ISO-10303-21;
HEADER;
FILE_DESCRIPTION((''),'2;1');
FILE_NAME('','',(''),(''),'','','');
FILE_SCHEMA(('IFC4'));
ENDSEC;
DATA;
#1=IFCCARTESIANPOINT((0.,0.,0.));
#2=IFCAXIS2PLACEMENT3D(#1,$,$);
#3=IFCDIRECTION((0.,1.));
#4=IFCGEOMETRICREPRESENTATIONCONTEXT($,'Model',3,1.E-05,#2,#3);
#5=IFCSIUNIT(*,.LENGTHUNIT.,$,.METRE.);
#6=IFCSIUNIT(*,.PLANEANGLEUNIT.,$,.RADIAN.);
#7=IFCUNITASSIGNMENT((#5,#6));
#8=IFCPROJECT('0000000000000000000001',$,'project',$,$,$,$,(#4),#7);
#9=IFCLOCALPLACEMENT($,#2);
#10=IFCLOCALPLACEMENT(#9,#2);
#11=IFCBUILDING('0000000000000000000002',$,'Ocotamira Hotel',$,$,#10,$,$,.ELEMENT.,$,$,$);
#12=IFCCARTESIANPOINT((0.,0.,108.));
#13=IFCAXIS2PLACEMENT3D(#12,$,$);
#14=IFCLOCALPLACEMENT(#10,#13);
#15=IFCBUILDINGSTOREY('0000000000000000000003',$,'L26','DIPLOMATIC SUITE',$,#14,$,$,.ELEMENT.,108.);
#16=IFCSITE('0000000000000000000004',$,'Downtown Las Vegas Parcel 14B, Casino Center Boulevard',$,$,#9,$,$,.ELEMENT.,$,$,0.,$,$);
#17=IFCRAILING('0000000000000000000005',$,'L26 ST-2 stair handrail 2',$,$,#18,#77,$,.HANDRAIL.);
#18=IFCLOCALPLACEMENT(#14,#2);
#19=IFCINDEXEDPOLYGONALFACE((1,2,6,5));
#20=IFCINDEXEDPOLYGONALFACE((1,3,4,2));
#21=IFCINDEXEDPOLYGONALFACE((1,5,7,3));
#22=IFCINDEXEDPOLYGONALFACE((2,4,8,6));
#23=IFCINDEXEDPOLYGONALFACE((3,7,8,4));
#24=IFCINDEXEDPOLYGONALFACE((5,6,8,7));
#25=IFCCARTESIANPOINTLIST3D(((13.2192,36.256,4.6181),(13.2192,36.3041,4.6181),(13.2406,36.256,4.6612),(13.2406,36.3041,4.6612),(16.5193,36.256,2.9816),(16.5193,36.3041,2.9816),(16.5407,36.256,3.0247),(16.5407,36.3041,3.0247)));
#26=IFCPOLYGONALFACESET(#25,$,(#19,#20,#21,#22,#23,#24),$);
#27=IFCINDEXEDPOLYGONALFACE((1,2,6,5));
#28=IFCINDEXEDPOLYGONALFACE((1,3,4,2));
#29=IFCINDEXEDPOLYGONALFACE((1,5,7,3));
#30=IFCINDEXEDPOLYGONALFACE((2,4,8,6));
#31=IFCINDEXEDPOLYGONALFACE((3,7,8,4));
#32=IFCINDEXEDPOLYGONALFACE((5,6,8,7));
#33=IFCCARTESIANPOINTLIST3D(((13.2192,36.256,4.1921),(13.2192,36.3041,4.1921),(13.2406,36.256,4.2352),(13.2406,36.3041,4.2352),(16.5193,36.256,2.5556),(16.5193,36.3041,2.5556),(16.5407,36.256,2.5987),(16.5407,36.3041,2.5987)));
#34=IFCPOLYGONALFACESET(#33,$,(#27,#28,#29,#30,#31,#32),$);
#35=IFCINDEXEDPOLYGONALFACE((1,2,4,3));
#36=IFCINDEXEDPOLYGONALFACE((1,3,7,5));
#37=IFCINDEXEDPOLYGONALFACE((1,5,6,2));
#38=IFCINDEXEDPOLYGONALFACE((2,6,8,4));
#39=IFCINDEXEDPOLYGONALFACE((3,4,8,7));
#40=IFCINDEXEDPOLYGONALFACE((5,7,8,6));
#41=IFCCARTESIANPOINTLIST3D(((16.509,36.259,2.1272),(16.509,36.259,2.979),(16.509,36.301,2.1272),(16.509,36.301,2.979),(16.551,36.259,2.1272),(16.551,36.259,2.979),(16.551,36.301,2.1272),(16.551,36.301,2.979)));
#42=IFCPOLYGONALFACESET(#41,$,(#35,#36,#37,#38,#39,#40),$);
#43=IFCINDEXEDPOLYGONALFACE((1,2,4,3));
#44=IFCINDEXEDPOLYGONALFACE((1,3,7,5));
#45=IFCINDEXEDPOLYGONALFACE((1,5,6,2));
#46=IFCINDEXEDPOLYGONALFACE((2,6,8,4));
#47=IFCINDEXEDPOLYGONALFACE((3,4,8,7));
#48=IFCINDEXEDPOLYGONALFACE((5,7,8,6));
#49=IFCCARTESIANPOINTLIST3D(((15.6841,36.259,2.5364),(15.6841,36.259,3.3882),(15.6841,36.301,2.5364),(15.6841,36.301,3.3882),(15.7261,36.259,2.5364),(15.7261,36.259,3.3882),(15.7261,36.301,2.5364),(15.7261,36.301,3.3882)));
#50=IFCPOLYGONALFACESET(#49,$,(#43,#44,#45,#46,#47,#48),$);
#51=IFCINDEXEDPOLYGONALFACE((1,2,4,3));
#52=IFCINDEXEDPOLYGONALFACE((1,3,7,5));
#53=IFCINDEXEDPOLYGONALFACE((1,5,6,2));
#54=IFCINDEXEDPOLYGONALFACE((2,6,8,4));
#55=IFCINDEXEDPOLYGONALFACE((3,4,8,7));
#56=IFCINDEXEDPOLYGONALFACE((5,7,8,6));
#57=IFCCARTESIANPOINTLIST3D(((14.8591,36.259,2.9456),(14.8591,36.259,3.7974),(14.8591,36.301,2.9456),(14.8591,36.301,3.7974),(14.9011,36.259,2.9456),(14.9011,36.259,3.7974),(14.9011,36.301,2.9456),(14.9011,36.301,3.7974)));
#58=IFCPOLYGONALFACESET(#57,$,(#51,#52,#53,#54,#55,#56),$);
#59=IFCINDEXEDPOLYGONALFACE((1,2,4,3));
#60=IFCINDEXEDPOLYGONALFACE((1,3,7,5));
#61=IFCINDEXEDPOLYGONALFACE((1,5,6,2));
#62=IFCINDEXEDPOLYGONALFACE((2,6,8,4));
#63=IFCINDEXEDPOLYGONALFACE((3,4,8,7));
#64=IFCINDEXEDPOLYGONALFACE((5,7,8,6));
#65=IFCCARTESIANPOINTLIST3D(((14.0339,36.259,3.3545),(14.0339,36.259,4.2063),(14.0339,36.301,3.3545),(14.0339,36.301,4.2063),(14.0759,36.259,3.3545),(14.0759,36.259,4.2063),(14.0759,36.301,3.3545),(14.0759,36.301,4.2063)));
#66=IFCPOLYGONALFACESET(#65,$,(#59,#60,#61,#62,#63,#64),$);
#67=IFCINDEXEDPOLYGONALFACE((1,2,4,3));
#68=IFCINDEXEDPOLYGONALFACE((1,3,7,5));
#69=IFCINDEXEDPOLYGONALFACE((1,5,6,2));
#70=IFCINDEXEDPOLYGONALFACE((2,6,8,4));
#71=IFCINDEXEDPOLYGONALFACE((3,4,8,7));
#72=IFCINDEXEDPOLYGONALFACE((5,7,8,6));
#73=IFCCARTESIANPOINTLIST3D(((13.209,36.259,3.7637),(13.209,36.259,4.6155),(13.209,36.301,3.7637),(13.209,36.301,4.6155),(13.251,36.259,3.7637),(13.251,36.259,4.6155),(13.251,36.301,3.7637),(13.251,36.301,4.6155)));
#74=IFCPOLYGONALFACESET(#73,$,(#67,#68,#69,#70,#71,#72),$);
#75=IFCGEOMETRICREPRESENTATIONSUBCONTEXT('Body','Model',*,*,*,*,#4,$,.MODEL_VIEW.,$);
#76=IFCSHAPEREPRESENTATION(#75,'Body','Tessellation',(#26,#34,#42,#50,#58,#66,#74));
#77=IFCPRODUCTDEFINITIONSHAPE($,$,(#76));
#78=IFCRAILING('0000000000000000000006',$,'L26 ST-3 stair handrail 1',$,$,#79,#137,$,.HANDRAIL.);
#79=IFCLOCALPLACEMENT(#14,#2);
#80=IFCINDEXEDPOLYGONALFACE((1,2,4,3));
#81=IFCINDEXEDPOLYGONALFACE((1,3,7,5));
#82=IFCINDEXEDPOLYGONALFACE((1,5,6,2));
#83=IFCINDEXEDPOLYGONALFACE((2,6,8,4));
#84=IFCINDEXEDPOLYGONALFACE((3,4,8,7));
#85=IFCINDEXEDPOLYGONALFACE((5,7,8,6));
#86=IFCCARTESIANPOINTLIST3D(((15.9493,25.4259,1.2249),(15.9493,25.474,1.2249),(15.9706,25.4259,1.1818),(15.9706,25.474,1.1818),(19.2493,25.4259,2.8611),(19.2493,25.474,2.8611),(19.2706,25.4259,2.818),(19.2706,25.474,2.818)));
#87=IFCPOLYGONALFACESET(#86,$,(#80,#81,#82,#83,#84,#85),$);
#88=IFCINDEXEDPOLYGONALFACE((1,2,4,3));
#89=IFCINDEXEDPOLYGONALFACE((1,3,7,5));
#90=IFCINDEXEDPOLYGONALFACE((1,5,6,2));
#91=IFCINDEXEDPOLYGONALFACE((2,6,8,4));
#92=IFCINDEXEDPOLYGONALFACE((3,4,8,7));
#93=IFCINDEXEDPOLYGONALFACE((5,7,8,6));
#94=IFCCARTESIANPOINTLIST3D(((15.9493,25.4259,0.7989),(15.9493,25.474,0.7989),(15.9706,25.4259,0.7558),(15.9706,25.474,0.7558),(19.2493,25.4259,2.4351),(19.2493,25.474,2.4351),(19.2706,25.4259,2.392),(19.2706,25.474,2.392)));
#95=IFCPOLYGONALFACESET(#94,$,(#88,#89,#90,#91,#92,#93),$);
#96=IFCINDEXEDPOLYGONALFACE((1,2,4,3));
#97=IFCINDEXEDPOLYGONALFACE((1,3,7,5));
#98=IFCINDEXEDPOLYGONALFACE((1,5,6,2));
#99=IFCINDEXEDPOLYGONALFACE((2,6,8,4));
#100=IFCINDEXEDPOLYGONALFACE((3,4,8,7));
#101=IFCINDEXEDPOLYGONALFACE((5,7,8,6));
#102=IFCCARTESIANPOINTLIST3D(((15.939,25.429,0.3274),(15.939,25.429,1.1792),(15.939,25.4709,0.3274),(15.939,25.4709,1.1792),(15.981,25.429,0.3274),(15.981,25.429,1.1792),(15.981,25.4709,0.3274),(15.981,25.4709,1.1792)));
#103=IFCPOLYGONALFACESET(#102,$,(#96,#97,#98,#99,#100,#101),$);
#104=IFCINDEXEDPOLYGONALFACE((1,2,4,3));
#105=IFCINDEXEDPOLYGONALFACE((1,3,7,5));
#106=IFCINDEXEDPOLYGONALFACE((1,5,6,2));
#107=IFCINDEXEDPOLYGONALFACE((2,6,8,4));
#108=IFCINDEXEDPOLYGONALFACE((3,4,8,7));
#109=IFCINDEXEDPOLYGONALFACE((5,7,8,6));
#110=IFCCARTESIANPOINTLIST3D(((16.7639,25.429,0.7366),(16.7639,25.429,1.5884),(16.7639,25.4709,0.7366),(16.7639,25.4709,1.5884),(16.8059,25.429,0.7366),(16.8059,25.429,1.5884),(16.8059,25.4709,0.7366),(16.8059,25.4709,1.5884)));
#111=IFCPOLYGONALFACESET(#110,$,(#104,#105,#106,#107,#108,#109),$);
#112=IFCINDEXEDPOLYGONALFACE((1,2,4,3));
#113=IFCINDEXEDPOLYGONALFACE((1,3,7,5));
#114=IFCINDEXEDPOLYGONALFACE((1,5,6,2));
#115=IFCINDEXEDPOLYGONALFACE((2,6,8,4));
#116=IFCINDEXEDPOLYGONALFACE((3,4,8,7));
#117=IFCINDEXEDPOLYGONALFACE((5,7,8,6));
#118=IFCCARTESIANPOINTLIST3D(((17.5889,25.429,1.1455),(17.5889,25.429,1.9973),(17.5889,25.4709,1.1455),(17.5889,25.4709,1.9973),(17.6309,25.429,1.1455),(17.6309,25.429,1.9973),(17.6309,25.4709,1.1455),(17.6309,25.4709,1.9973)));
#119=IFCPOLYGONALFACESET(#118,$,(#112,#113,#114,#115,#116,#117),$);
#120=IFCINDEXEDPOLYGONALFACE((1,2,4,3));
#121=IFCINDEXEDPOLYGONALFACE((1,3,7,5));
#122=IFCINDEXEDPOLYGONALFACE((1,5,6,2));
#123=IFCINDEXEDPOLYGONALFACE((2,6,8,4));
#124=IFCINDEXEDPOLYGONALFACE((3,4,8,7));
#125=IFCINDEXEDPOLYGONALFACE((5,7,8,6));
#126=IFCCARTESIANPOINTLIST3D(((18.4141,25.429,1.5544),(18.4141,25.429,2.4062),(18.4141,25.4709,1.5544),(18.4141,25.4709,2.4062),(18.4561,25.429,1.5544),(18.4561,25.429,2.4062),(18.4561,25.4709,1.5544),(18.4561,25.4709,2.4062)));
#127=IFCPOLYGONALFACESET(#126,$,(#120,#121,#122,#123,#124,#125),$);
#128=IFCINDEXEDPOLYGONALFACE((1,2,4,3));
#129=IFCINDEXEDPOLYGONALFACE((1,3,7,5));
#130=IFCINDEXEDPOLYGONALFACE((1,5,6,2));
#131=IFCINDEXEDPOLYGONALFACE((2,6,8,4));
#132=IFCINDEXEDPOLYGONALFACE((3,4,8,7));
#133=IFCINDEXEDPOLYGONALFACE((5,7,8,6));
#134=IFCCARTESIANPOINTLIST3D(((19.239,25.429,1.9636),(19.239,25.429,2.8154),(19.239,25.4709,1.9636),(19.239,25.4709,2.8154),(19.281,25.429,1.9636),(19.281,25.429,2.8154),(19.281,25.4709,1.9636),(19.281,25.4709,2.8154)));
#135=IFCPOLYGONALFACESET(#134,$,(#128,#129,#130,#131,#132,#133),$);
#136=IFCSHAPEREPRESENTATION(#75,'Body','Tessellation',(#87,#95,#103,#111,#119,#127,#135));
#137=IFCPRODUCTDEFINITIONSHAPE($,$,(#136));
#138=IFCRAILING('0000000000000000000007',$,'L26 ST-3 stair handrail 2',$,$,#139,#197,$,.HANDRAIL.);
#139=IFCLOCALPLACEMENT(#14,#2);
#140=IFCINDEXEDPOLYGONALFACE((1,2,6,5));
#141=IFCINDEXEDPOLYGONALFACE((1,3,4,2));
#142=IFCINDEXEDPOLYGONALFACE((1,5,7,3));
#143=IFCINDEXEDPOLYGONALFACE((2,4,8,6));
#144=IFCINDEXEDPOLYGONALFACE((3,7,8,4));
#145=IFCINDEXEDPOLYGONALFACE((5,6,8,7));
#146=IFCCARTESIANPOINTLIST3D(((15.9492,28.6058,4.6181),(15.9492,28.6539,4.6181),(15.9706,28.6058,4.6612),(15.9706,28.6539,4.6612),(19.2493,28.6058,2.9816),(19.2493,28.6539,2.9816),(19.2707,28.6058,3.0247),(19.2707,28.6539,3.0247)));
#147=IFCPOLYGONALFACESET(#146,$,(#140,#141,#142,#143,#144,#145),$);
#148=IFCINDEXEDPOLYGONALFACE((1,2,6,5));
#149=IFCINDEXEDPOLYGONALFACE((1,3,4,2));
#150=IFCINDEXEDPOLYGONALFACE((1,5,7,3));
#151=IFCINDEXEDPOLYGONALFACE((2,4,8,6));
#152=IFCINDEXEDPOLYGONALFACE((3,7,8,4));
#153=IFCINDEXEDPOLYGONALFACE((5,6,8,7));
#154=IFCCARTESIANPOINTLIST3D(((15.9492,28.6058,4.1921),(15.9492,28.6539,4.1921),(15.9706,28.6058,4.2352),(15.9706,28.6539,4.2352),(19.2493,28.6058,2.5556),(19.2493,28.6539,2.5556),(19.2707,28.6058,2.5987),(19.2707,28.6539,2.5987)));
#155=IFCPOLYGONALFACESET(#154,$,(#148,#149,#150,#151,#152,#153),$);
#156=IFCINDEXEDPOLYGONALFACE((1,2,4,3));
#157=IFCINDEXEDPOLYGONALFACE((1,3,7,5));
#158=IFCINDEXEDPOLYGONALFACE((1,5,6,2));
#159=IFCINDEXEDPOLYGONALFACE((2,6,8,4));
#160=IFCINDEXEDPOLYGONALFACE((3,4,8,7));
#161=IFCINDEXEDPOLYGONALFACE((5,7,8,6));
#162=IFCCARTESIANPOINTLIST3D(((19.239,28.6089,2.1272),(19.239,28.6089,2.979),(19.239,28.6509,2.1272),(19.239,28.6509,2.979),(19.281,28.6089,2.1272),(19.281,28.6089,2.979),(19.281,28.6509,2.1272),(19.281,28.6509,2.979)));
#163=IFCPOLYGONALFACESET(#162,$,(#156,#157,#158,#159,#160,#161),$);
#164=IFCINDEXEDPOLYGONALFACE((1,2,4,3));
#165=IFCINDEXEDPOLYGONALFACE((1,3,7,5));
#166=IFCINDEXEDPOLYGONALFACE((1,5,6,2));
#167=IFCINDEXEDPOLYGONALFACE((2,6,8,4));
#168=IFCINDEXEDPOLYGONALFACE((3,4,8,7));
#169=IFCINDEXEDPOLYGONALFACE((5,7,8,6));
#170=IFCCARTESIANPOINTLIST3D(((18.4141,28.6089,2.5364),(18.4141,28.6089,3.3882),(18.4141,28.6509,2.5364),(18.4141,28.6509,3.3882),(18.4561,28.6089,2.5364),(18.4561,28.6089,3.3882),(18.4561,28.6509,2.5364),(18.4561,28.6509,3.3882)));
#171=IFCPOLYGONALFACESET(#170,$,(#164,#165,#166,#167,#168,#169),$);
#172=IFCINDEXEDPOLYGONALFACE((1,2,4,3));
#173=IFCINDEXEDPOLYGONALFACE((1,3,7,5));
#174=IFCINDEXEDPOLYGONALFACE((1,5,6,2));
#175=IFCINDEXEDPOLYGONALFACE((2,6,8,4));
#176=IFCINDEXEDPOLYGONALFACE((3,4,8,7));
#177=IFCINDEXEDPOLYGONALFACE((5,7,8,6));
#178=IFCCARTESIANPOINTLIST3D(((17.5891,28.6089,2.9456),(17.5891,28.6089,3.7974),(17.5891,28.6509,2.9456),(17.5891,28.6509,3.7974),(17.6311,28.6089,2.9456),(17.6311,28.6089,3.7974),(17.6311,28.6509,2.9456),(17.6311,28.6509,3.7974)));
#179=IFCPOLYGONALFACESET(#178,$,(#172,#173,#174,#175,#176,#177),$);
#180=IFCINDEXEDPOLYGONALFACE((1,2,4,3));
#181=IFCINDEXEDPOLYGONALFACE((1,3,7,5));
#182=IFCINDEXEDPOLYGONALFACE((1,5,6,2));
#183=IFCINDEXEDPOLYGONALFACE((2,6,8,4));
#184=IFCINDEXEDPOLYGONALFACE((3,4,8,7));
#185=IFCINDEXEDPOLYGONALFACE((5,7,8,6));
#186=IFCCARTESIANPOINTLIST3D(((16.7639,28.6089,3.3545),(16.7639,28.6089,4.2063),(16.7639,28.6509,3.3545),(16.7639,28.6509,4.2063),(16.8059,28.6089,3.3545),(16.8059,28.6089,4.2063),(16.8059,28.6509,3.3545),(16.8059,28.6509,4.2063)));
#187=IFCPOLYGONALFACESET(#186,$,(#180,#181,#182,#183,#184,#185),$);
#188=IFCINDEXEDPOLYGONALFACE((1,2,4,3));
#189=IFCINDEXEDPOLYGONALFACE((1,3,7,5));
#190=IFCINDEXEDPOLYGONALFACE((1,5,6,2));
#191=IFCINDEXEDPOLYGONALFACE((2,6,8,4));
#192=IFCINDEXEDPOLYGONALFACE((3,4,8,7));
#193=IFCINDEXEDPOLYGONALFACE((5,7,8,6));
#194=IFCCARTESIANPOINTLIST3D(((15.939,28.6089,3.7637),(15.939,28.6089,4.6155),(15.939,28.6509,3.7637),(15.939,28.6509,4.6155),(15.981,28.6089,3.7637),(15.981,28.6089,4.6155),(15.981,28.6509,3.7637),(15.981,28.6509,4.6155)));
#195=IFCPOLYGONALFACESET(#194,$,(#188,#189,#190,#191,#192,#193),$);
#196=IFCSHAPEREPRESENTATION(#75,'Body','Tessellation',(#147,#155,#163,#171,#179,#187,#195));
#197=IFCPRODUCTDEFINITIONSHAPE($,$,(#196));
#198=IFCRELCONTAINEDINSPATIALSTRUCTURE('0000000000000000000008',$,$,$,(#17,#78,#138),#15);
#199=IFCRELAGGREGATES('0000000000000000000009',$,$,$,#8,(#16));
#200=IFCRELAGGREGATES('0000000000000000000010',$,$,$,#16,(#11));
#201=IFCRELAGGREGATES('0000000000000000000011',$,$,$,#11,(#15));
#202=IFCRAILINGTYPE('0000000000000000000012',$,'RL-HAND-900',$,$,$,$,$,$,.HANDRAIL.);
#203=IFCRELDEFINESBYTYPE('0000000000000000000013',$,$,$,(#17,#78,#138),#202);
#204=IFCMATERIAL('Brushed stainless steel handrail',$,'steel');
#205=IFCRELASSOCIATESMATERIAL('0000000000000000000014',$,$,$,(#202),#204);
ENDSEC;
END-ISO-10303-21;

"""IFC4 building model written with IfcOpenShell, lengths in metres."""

from ifc_helpers import new_model, si_unit, direction, frame, origin, origin_2d, place, context, subcontext, project, spatial, rectangle, extrude, material, type_object, element, save


model = new_model("IFC4")

# Units and contexts
model_context = context("Model", 3, precision=1e-05, world=origin(), true_north=direction((0.0, 1.0)))
body_context = subcontext(model_context, "Body", "Model", "MODEL_VIEW")
ifc_project = project(units=[si_unit("LENGTHUNIT", "METRE"), si_unit("PLANEANGLEUNIT", "RADIAN")], contexts=[model_context])

# Site, building, storey
site_placement = place(None, origin())
site = spatial("IfcSite", under=ifc_project, at=site_placement, Name="Downtown Las Vegas Parcel 14B, Casino Center Boulevard", CompositionType="ELEMENT", RefElevation=0.0)
building_placement = place(site_placement, origin())
building = spatial("IfcBuilding", under=site, at=building_placement, Name="Ocotamira Hotel", CompositionType="ELEMENT")
storey_placement = place(building_placement, frame((0.0, 0.0, 108.0)))
storey = spatial("IfcBuildingStorey", under=building, at=storey_placement, Name="L26", Description="DIPLOMATIC SUITE", CompositionType="ELEMENT", Elevation=108.0)

# Railings
ifc_material_1 = material(Name="Brushed stainless steel handrail", Category="steel")
railing_type_1 = type_object("IfcRailingType", Name="RL-HAND-900", PredefinedType="HANDRAIL", material=ifc_material_1)
railing_1_placement = place(storey_placement, frame((16.53, 36.28, 2.1272)))
element("IfcRailing", 1, at=railing_1_placement, inside=storey, type_object=railing_type_1, Name="L26 ST-2 stair handrail 2", PredefinedType="HANDRAIL", context=body_context, shape_type="SweptSolid", body=[
    extrude(rectangle(XDim=0.0481, YDim=0.0481, at=origin_2d()), frame((0.0, 0.0, 0.876), z_axis=(-0.895894, 0.0, 0.444268), x_axis=(0.0, -1.0, 0.0)), (0.0, 0.0, 1.0), 3.6836),
    extrude(rectangle(XDim=0.0481, YDim=0.0481, at=origin_2d()), frame((0.0, 0.0, 0.45), z_axis=(-0.895894, 0.0, 0.444268), x_axis=(0.0, -1.0, 0.0)), (0.0, 0.0, 1.0), 3.6836),
    extrude(rectangle(XDim=0.042, YDim=0.042, at=origin_2d()), origin(), (0.0, 0.0, 1.0), 0.8518),
    extrude(rectangle(XDim=0.042, YDim=0.042, at=origin_2d()), frame((-0.825, 0.0, 0.4092)), (0.0, 0.0, 1.0), 0.8518),
    extrude(rectangle(XDim=0.042, YDim=0.042, at=origin_2d()), frame((-1.6499, 0.0, 0.8184)), (0.0, 0.0, 1.0), 0.8518),
    extrude(rectangle(XDim=0.042, YDim=0.042, at=origin_2d()), frame((-2.4751, 0.0, 1.2273)), (0.0, 0.0, 1.0), 0.8518),
    extrude(rectangle(XDim=0.042, YDim=0.042, at=origin_2d()), frame((-3.3, 0.0, 1.6365)), (0.0, 0.0, 1.0), 0.8518),
])
railing_2_placement = place(storey_placement, frame((15.96, 25.45, 0.3274)))
element("IfcRailing", 2, at=railing_2_placement, inside=storey, type_object=railing_type_1, Name="L26 ST-3 stair handrail 1", PredefinedType="HANDRAIL", context=body_context, shape_type="SweptSolid", body=[
    extrude(rectangle(XDim=0.0481, YDim=0.0481, at=origin_2d()), frame((0.0, 0.0, 0.876), z_axis=(0.89592, 0.0, 0.444215), x_axis=(0.0, 1.0, 0.0)), (0.0, 0.0, 1.0), 3.6833),
    extrude(rectangle(XDim=0.0481, YDim=0.0481, at=origin_2d()), frame((0.0, 0.0, 0.45), z_axis=(0.89592, 0.0, 0.444215), x_axis=(0.0, 1.0, 0.0)), (0.0, 0.0, 1.0), 3.6833),
    extrude(rectangle(XDim=0.042, YDim=0.042, at=origin_2d()), origin(), (0.0, 0.0, 1.0), 0.8518),
    extrude(rectangle(XDim=0.042, YDim=0.042, at=origin_2d()), frame((0.825, 0.0, 0.4092)), (0.0, 0.0, 1.0), 0.8518),
    extrude(rectangle(XDim=0.042, YDim=0.042, at=origin_2d()), frame((1.6499, 0.0, 0.8181)), (0.0, 0.0, 1.0), 0.8518),
    extrude(rectangle(XDim=0.042, YDim=0.042, at=origin_2d()), frame((2.4751, 0.0, 1.2271)), (0.0, 0.0, 1.0), 0.8518),
    extrude(rectangle(XDim=0.042, YDim=0.042, at=origin_2d()), frame((3.3, 0.0, 1.6362)), (0.0, 0.0, 1.0), 0.8518),
])
railing_3_placement = place(storey_placement, frame((19.26, 28.6299, 2.1272)))
element("IfcRailing", 3, at=railing_3_placement, inside=storey, type_object=railing_type_1, Name="L26 ST-3 stair handrail 2", PredefinedType="HANDRAIL", context=body_context, shape_type="SweptSolid", body=[
    extrude(rectangle(XDim=0.0481, YDim=0.0481, at=origin_2d()), frame((0.0, 0.0, 0.876), z_axis=(-0.895894, 0.0, 0.444268), x_axis=(0.0, -1.0, 0.0)), (0.0, 0.0, 1.0), 3.6836),
    extrude(rectangle(XDim=0.0481, YDim=0.0481, at=origin_2d()), frame((0.0, 0.0, 0.45), z_axis=(-0.895894, 0.0, 0.444268), x_axis=(0.0, -1.0, 0.0)), (0.0, 0.0, 1.0), 3.6836),
    extrude(rectangle(XDim=0.042, YDim=0.042, at=origin_2d()), origin(), (0.0, 0.0, 1.0), 0.8518),
    extrude(rectangle(XDim=0.042, YDim=0.042, at=origin_2d()), frame((-0.825, 0.0, 0.4092)), (0.0, 0.0, 1.0), 0.8518),
    extrude(rectangle(XDim=0.042, YDim=0.042, at=origin_2d()), frame((-1.6499, 0.0, 0.8184)), (0.0, 0.0, 1.0), 0.8518),
    extrude(rectangle(XDim=0.042, YDim=0.042, at=origin_2d()), frame((-2.4751, 0.0, 1.2273)), (0.0, 0.0, 1.0), 0.8518),
    extrude(rectangle(XDim=0.042, YDim=0.042, at=origin_2d()), frame((-3.3, 0.0, 1.6365)), (0.0, 0.0, 1.0), 0.8518),
])

save(model, "model.ifc")
